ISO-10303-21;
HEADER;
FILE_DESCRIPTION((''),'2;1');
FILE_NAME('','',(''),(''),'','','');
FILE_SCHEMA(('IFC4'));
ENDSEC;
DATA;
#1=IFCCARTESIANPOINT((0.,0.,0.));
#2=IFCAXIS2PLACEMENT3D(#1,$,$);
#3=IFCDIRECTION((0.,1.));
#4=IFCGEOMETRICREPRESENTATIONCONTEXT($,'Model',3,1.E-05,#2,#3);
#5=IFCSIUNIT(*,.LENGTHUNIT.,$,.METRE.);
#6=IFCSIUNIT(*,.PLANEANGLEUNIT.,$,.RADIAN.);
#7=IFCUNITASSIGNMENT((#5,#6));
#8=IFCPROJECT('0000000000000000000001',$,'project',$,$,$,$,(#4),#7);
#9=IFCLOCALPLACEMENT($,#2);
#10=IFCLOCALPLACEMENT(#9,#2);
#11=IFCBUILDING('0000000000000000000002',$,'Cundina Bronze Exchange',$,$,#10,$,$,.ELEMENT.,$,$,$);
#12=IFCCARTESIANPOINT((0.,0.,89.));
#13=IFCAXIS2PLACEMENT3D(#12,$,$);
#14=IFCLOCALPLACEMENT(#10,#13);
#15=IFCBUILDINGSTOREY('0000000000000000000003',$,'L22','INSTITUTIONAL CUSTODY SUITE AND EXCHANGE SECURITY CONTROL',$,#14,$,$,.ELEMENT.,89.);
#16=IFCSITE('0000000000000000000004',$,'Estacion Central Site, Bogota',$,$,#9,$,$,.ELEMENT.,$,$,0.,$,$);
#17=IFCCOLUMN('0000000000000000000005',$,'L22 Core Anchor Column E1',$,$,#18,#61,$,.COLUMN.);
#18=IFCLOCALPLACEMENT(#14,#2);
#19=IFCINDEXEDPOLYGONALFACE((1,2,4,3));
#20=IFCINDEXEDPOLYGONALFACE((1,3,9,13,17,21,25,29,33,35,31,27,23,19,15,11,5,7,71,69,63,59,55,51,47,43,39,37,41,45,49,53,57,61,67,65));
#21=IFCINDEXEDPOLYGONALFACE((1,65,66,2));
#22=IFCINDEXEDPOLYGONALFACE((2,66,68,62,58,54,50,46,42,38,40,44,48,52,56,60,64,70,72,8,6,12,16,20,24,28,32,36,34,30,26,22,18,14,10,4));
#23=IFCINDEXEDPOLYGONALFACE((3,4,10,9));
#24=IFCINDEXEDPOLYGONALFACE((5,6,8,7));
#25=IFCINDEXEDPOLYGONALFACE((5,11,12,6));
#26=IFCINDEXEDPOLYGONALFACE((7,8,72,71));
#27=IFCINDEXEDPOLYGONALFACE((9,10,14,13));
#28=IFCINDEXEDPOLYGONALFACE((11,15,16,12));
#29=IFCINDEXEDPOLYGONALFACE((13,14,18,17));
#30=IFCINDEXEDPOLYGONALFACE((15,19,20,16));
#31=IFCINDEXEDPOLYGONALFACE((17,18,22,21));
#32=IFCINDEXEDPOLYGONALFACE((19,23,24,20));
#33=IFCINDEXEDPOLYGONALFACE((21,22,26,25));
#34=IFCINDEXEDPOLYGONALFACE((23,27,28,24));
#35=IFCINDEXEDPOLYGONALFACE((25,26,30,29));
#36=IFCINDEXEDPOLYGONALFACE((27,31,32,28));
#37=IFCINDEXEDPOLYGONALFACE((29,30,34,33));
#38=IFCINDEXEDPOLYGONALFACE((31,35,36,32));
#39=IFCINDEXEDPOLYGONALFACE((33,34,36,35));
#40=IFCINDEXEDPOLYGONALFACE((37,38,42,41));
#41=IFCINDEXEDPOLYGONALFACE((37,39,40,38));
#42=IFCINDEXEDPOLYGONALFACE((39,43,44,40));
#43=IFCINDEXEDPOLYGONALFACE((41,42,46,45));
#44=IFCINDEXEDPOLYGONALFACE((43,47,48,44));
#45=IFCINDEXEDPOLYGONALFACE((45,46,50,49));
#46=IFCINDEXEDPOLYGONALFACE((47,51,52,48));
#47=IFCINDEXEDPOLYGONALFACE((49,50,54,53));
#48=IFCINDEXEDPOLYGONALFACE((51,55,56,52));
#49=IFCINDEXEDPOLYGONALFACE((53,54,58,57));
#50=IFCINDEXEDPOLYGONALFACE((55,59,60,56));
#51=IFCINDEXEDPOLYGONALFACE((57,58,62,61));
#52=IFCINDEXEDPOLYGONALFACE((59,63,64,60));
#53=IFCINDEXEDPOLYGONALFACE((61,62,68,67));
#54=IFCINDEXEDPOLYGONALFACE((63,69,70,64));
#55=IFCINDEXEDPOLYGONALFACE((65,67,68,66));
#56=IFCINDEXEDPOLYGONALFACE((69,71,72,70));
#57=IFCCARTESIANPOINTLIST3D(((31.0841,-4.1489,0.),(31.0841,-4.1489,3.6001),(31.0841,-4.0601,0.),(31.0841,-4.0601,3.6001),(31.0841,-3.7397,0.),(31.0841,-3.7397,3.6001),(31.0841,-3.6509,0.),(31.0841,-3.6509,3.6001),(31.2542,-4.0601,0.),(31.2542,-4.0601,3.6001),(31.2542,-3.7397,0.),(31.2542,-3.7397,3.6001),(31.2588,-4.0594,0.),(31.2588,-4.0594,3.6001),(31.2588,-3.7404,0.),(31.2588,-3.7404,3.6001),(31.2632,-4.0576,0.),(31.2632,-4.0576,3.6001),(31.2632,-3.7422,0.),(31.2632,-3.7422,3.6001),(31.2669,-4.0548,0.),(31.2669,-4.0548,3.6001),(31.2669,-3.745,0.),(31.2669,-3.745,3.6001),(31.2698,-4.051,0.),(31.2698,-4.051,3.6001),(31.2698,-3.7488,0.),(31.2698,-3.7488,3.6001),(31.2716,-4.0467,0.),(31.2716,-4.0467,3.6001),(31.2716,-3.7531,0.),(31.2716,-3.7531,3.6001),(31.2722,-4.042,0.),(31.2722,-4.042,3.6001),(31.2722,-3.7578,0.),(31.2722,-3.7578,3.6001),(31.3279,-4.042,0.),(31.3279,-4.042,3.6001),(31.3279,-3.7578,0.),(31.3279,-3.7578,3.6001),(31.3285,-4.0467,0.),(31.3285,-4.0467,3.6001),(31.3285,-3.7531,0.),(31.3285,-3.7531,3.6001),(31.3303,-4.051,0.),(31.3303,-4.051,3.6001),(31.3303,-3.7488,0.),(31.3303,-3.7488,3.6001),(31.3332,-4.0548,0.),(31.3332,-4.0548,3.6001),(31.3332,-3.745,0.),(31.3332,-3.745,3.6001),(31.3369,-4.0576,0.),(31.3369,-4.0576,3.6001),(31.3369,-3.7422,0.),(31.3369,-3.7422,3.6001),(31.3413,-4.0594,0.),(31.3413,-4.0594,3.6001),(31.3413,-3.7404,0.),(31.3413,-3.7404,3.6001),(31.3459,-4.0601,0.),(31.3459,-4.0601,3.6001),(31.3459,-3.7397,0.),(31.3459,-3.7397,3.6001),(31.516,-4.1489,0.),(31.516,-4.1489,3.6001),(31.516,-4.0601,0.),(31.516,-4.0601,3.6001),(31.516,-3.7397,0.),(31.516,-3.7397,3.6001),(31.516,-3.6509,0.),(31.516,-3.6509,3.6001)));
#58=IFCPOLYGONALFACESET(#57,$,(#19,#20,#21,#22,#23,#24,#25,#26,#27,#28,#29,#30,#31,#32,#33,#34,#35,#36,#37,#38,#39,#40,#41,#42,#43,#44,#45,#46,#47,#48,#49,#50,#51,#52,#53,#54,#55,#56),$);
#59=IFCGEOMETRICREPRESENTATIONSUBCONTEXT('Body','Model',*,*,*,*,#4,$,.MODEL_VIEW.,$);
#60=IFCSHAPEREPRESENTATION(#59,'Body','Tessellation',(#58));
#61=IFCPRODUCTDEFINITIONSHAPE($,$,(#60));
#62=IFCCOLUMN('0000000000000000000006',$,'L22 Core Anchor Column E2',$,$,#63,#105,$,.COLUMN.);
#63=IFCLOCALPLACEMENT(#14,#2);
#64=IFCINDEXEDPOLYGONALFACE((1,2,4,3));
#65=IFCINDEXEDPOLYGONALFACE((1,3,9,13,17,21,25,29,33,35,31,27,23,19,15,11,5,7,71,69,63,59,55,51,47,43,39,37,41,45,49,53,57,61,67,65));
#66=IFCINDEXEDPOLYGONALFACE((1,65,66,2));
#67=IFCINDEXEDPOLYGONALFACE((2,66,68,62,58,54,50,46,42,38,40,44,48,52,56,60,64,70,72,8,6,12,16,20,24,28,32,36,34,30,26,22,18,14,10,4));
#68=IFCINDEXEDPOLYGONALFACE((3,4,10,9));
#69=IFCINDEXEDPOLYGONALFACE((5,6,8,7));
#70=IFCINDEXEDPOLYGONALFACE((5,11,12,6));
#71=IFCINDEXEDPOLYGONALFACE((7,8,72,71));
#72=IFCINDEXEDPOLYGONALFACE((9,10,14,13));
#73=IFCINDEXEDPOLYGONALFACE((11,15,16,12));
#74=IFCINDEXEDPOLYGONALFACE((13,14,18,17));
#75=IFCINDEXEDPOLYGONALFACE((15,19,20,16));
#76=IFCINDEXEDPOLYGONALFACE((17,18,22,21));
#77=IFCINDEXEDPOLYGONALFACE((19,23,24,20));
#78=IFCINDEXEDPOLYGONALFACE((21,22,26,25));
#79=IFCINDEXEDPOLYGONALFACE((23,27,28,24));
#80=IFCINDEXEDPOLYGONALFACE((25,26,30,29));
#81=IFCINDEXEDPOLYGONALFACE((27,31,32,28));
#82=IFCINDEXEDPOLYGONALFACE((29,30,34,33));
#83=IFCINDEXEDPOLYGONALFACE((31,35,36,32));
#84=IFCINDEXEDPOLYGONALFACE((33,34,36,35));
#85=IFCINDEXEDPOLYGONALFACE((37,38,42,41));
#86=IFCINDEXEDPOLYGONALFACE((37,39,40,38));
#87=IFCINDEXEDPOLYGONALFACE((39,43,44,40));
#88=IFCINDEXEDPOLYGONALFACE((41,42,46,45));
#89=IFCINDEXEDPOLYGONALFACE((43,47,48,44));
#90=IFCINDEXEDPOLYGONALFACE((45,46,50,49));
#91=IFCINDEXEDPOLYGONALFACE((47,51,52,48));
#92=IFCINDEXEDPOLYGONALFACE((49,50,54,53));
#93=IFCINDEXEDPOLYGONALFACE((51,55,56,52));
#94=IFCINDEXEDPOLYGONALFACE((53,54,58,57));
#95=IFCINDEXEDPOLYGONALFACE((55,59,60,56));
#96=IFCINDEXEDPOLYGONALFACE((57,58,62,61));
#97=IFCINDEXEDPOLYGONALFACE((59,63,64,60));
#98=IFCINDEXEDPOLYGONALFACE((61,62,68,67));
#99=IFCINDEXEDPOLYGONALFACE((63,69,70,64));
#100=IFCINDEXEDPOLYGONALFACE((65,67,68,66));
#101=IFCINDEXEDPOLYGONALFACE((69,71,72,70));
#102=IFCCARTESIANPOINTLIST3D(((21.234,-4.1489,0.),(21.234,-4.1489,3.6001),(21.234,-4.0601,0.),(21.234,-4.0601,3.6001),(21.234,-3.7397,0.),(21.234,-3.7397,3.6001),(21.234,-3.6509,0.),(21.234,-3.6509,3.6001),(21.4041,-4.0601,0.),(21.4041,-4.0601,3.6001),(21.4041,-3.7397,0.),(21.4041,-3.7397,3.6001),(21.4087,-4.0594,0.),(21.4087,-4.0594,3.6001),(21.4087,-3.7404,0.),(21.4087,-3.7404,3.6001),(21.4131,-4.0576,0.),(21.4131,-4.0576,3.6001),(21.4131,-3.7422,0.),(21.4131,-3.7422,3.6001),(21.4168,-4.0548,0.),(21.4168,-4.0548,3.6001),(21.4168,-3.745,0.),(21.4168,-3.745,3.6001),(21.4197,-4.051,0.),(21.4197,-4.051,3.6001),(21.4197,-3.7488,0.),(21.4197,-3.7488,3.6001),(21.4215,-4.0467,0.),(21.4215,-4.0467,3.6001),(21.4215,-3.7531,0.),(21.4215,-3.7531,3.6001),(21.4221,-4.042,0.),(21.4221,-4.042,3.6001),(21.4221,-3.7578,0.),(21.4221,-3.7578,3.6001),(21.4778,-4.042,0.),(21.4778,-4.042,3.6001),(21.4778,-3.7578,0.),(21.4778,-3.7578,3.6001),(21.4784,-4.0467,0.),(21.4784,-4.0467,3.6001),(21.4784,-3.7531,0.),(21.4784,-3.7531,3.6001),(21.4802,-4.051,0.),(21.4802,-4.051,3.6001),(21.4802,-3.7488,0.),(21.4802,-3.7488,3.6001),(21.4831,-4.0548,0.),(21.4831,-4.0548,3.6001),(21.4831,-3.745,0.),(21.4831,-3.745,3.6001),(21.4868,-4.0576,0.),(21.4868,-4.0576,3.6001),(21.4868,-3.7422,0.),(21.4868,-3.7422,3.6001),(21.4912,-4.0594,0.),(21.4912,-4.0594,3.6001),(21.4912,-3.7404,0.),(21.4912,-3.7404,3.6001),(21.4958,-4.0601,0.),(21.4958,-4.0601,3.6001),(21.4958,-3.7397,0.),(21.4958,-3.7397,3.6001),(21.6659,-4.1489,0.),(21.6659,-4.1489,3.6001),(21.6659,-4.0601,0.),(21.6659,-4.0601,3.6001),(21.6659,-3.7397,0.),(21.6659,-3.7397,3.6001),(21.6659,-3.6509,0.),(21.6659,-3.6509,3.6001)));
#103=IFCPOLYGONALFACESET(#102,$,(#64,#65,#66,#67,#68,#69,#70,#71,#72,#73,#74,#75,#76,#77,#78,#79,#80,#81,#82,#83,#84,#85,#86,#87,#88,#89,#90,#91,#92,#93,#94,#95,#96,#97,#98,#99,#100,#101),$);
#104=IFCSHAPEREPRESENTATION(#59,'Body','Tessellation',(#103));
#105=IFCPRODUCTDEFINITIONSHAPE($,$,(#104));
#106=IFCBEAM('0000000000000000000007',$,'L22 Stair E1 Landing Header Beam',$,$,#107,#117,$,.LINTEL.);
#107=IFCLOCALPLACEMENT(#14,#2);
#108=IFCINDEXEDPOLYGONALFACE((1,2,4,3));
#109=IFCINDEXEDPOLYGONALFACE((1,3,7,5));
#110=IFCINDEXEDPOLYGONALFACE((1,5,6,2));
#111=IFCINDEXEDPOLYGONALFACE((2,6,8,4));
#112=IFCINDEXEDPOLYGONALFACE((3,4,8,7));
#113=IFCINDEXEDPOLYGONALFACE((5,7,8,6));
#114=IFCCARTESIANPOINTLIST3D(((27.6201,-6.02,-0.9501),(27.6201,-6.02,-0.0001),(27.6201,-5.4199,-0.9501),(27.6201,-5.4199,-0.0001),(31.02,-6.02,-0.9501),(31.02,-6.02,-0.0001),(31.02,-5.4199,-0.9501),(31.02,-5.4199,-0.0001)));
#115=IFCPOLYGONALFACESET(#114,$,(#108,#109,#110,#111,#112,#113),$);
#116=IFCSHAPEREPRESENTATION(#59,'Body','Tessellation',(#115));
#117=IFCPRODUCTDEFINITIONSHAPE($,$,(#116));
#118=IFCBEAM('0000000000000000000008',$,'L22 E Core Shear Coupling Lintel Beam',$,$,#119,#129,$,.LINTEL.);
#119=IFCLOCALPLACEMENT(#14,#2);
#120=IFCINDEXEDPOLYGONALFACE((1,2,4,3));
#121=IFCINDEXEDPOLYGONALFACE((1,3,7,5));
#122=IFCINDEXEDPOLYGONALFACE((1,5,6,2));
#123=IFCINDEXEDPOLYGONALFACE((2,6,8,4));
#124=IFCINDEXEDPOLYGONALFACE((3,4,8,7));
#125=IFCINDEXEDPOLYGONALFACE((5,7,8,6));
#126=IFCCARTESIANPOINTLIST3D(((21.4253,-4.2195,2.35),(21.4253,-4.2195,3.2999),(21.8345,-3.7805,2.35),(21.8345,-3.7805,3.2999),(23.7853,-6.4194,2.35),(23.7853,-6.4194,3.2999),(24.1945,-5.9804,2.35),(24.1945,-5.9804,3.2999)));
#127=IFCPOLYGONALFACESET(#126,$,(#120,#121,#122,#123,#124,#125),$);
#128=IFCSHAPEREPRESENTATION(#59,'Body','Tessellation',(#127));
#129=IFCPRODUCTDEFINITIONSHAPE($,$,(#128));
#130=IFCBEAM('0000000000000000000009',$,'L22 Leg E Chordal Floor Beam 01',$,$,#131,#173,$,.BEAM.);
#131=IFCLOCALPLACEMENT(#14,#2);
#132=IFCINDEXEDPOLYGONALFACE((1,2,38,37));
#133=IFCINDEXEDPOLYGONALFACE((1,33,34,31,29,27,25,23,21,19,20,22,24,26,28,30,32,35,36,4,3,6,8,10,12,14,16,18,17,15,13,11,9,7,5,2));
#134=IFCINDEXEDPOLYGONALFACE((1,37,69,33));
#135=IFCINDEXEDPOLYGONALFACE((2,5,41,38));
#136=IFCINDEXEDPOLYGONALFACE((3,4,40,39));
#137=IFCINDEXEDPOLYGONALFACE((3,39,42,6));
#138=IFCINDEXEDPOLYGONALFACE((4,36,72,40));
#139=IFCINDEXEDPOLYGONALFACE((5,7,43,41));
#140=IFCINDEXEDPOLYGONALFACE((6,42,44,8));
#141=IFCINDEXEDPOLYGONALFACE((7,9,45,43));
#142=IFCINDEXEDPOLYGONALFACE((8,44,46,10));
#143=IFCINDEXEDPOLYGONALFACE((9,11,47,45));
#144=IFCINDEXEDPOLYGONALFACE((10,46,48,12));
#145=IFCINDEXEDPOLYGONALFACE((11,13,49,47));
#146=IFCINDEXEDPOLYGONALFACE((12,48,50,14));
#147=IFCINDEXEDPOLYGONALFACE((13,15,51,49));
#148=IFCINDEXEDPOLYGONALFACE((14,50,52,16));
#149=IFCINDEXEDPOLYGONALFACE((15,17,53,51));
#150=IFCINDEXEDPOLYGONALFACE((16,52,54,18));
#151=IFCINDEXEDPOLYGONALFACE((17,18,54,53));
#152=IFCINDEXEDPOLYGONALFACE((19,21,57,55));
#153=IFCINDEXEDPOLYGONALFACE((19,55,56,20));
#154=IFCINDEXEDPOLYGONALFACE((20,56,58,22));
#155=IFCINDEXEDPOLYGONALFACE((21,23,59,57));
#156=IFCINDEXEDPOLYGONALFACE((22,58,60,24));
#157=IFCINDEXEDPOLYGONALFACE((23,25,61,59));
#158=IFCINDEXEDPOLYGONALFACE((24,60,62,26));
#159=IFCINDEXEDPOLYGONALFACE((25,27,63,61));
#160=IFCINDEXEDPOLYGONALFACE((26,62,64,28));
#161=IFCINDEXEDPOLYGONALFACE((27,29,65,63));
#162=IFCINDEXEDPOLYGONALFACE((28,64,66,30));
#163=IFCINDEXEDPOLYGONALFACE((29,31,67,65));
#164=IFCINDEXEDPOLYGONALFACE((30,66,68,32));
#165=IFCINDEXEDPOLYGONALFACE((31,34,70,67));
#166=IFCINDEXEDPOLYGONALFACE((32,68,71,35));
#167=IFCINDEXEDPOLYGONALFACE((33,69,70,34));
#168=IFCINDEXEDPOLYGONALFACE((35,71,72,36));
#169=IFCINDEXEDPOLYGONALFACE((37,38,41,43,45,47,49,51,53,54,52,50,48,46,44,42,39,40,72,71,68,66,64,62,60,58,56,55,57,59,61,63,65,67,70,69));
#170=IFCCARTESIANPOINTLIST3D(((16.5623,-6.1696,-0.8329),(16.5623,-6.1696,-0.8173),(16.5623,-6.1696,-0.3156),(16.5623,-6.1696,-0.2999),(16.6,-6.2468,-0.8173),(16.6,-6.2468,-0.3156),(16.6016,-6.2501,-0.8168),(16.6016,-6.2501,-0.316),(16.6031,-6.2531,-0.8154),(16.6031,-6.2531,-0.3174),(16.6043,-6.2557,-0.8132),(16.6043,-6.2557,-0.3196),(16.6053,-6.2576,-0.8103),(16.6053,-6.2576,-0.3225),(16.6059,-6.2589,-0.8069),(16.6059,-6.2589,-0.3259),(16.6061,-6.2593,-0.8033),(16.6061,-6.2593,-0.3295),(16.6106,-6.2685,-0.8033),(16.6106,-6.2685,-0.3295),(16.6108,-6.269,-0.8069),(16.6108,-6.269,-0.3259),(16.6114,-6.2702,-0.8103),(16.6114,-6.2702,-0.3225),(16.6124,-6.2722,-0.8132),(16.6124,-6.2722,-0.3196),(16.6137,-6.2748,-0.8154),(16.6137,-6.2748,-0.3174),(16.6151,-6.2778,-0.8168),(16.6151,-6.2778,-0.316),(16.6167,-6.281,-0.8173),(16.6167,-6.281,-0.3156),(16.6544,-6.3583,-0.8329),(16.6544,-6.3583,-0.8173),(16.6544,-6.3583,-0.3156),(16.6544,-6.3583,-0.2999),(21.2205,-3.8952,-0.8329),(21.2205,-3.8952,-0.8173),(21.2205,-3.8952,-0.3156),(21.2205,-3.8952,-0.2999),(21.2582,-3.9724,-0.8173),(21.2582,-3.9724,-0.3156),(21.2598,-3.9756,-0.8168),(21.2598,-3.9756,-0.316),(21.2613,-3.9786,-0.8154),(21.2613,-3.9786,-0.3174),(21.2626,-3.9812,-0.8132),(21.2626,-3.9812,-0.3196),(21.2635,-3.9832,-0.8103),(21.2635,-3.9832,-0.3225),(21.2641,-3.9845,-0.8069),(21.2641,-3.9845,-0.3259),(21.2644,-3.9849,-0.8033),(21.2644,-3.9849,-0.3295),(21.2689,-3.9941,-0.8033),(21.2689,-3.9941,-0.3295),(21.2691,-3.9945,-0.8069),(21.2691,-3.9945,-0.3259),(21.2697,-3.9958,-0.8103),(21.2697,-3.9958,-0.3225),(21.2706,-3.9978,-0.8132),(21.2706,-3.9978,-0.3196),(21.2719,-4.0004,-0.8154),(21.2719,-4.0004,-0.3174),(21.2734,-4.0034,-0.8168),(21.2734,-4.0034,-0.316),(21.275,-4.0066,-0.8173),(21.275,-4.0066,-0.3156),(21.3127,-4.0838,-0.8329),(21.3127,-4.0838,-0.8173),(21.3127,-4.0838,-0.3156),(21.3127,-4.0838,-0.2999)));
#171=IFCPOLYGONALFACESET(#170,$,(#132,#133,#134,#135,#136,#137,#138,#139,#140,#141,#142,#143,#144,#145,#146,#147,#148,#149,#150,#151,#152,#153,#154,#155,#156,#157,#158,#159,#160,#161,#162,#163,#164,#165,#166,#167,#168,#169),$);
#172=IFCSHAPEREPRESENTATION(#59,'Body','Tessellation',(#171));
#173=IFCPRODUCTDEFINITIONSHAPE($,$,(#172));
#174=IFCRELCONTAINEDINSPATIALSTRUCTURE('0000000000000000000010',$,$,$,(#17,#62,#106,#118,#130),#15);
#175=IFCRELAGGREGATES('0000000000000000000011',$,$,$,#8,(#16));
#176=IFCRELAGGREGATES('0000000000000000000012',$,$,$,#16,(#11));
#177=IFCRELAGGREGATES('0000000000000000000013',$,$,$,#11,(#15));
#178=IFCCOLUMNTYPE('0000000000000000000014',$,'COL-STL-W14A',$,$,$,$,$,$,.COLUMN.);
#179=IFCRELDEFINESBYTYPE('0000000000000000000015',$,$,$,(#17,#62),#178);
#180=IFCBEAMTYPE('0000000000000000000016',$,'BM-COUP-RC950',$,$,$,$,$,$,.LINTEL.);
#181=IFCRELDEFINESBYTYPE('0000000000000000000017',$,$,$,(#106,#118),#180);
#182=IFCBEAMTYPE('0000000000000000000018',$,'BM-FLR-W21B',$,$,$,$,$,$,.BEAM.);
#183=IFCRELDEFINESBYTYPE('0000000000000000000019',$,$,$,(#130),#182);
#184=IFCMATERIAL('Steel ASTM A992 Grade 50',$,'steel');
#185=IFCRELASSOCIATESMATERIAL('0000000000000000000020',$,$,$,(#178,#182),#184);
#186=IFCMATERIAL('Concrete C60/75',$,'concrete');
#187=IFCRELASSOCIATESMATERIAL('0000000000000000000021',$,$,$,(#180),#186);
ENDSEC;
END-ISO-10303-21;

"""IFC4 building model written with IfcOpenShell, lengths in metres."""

from ifc_helpers import new_model, si_unit, direction, frame, origin, origin_2d, place, context, subcontext, project, spatial, rectangle, i_section, extrude, material, material_profile, profile_set, type_object, element, save


model = new_model("IFC4")

# Units and contexts
model_context = context("Model", 3, precision=1e-05, world=origin(), true_north=direction((0.0, 1.0)))
body_context = subcontext(model_context, "Body", "Model", "MODEL_VIEW")
ifc_project = project(units=[si_unit("LENGTHUNIT", "METRE"), si_unit("PLANEANGLEUNIT", "RADIAN")], contexts=[model_context])

# Site, building, storey
site_placement = place(None, origin())
site = spatial("IfcSite", under=ifc_project, at=site_placement, Name="Estacion Central Site, Bogota", CompositionType="ELEMENT", RefElevation=0.0)
building_placement = place(site_placement, origin())
building = spatial("IfcBuilding", under=site, at=building_placement, Name="Cundina Bronze Exchange", CompositionType="ELEMENT")
storey_placement = place(building_placement, frame((0.0, 0.0, 89.0)))
storey = spatial("IfcBuildingStorey", under=building, at=storey_placement, Name="L22", Description="INSTITUTIONAL CUSTODY SUITE AND EXCHANGE SECURITY CONTROL", CompositionType="ELEMENT", Elevation=89.0)

# Columns
ifc_material_1 = material(Name="Steel ASTM A992 Grade 50", Category="steel")
ifc_material_profile_1 = material_profile(ifc_material_1, i_section(OverallWidth=0.4319, OverallDepth=0.498, WebThickness=0.0557, FlangeThickness=0.0889, FilletRadius=0.0181, at=origin_2d()), Name="W14X500", Category="steel")
ifc_profile_set_1 = profile_set([ifc_material_profile_1], Name="Steel ASTM A992 Grade 50")
column_type = type_object("IfcColumnType", Name="COL-STL-W14A", PredefinedType="COLUMN", material=ifc_profile_set_1)
for number, where, z_axis, x_axis, name in (
    (1, (31.3, -3.8999, 0.0), (0.0, 0.0, 1.0), (1.0, 0.0, 0.0), "L22 Core Anchor Column E1"),
    (2, (21.45, -3.8999, 0.0), (0.0, 0.0, 1.0), (1.0, 0.0, 0.0), "L22 Core Anchor Column E2"),
):
    element("IfcColumn", number, at=place(storey_placement, frame(where, z_axis=z_axis, x_axis=x_axis)), inside=storey, type_object=column_type, Name=name, PredefinedType="COLUMN", context=body_context, shape_type="SweptSolid", body=[
        extrude(i_section(OverallWidth=0.4319, OverallDepth=0.498, WebThickness=0.0557, FlangeThickness=0.0889, FilletRadius=0.0181, at=origin_2d()), origin(), (0.0, 0.0, 1.0), 3.6001),
    ])

# Beams
ifc_material_2 = material(Name="Concrete C60/75", Category="concrete")
ifc_material_profile_2 = material_profile(ifc_material_2, rectangle(XDim=0.6001, YDim=0.95, at=origin_2d()), Name="RC600X950", Category="concrete")
ifc_profile_set_2 = profile_set([ifc_material_profile_2], Name="Concrete C60/75")
beam_type_1 = type_object("IfcBeamType", Name="BM-COUP-RC950", PredefinedType="LINTEL", material=ifc_profile_set_2)
beam_1_placement = place(storey_placement, frame((27.6201, -5.72, -0.4751), z_axis=(1.0, 0.0, 0.0), x_axis=(0.0, 1.0, 0.0)))
element("IfcBeam", 3, at=beam_1_placement, inside=storey, type_object=beam_type_1, Name="L22 Stair E1 Landing Header Beam", PredefinedType="LINTEL", context=body_context, shape_type="SweptSolid", body=[
    extrude(rectangle(XDim=0.6001, YDim=0.95, at=origin_2d()), origin(), (0.0, 0.0, 1.0), 3.3999),
])
beam_2_placement = place(storey_placement, frame((21.6299, -4.0, 2.825), z_axis=(0.73149, -0.681852, 0.0), x_axis=(0.681852, 0.73149, 0.0)))
element("IfcBeam", 4, at=beam_2_placement, inside=storey, type_object=beam_type_1, Name="L22 E Core Shear Coupling Lintel Beam", PredefinedType="LINTEL", context=body_context, shape_type="SweptSolid", body=[
    extrude(rectangle(XDim=0.6001, YDim=0.95, at=origin_2d()), origin(), (0.0, 0.0, 1.0), 3.2263),
])
ifc_material_profile_3 = material_profile(ifc_material_1, i_section(OverallWidth=0.21, OverallDepth=0.533, WebThickness=0.0103, FlangeThickness=0.0156, FilletRadius=0.0139, at=origin_2d()), Name="W21X62", Category="steel")
ifc_profile_set_3 = profile_set([ifc_material_profile_3], Name="Steel ASTM A992 Grade 50")
beam_type_2 = type_object("IfcBeamType", Name="BM-FLR-W21B", PredefinedType="BEAM", material=ifc_profile_set_3)
beam_3_placement = place(storey_placement, frame((21.2666, -3.9895, -0.5664), z_axis=(-0.898607, -0.438754, 0.0), x_axis=(0.438754, -0.898607, 0.0)))
element("IfcBeam", 5, at=beam_3_placement, inside=storey, type_object=beam_type_2, Name="L22 Leg E Chordal Floor Beam 01", PredefinedType="BEAM", context=body_context, shape_type="SweptSolid", body=[
    extrude(i_section(OverallWidth=0.21, OverallDepth=0.533, WebThickness=0.0103, FlangeThickness=0.0156, FilletRadius=0.0139, at=origin_2d()), origin(), (0.0, 0.0, 1.0), 5.1838),
])

save(model, "model.ifc")
